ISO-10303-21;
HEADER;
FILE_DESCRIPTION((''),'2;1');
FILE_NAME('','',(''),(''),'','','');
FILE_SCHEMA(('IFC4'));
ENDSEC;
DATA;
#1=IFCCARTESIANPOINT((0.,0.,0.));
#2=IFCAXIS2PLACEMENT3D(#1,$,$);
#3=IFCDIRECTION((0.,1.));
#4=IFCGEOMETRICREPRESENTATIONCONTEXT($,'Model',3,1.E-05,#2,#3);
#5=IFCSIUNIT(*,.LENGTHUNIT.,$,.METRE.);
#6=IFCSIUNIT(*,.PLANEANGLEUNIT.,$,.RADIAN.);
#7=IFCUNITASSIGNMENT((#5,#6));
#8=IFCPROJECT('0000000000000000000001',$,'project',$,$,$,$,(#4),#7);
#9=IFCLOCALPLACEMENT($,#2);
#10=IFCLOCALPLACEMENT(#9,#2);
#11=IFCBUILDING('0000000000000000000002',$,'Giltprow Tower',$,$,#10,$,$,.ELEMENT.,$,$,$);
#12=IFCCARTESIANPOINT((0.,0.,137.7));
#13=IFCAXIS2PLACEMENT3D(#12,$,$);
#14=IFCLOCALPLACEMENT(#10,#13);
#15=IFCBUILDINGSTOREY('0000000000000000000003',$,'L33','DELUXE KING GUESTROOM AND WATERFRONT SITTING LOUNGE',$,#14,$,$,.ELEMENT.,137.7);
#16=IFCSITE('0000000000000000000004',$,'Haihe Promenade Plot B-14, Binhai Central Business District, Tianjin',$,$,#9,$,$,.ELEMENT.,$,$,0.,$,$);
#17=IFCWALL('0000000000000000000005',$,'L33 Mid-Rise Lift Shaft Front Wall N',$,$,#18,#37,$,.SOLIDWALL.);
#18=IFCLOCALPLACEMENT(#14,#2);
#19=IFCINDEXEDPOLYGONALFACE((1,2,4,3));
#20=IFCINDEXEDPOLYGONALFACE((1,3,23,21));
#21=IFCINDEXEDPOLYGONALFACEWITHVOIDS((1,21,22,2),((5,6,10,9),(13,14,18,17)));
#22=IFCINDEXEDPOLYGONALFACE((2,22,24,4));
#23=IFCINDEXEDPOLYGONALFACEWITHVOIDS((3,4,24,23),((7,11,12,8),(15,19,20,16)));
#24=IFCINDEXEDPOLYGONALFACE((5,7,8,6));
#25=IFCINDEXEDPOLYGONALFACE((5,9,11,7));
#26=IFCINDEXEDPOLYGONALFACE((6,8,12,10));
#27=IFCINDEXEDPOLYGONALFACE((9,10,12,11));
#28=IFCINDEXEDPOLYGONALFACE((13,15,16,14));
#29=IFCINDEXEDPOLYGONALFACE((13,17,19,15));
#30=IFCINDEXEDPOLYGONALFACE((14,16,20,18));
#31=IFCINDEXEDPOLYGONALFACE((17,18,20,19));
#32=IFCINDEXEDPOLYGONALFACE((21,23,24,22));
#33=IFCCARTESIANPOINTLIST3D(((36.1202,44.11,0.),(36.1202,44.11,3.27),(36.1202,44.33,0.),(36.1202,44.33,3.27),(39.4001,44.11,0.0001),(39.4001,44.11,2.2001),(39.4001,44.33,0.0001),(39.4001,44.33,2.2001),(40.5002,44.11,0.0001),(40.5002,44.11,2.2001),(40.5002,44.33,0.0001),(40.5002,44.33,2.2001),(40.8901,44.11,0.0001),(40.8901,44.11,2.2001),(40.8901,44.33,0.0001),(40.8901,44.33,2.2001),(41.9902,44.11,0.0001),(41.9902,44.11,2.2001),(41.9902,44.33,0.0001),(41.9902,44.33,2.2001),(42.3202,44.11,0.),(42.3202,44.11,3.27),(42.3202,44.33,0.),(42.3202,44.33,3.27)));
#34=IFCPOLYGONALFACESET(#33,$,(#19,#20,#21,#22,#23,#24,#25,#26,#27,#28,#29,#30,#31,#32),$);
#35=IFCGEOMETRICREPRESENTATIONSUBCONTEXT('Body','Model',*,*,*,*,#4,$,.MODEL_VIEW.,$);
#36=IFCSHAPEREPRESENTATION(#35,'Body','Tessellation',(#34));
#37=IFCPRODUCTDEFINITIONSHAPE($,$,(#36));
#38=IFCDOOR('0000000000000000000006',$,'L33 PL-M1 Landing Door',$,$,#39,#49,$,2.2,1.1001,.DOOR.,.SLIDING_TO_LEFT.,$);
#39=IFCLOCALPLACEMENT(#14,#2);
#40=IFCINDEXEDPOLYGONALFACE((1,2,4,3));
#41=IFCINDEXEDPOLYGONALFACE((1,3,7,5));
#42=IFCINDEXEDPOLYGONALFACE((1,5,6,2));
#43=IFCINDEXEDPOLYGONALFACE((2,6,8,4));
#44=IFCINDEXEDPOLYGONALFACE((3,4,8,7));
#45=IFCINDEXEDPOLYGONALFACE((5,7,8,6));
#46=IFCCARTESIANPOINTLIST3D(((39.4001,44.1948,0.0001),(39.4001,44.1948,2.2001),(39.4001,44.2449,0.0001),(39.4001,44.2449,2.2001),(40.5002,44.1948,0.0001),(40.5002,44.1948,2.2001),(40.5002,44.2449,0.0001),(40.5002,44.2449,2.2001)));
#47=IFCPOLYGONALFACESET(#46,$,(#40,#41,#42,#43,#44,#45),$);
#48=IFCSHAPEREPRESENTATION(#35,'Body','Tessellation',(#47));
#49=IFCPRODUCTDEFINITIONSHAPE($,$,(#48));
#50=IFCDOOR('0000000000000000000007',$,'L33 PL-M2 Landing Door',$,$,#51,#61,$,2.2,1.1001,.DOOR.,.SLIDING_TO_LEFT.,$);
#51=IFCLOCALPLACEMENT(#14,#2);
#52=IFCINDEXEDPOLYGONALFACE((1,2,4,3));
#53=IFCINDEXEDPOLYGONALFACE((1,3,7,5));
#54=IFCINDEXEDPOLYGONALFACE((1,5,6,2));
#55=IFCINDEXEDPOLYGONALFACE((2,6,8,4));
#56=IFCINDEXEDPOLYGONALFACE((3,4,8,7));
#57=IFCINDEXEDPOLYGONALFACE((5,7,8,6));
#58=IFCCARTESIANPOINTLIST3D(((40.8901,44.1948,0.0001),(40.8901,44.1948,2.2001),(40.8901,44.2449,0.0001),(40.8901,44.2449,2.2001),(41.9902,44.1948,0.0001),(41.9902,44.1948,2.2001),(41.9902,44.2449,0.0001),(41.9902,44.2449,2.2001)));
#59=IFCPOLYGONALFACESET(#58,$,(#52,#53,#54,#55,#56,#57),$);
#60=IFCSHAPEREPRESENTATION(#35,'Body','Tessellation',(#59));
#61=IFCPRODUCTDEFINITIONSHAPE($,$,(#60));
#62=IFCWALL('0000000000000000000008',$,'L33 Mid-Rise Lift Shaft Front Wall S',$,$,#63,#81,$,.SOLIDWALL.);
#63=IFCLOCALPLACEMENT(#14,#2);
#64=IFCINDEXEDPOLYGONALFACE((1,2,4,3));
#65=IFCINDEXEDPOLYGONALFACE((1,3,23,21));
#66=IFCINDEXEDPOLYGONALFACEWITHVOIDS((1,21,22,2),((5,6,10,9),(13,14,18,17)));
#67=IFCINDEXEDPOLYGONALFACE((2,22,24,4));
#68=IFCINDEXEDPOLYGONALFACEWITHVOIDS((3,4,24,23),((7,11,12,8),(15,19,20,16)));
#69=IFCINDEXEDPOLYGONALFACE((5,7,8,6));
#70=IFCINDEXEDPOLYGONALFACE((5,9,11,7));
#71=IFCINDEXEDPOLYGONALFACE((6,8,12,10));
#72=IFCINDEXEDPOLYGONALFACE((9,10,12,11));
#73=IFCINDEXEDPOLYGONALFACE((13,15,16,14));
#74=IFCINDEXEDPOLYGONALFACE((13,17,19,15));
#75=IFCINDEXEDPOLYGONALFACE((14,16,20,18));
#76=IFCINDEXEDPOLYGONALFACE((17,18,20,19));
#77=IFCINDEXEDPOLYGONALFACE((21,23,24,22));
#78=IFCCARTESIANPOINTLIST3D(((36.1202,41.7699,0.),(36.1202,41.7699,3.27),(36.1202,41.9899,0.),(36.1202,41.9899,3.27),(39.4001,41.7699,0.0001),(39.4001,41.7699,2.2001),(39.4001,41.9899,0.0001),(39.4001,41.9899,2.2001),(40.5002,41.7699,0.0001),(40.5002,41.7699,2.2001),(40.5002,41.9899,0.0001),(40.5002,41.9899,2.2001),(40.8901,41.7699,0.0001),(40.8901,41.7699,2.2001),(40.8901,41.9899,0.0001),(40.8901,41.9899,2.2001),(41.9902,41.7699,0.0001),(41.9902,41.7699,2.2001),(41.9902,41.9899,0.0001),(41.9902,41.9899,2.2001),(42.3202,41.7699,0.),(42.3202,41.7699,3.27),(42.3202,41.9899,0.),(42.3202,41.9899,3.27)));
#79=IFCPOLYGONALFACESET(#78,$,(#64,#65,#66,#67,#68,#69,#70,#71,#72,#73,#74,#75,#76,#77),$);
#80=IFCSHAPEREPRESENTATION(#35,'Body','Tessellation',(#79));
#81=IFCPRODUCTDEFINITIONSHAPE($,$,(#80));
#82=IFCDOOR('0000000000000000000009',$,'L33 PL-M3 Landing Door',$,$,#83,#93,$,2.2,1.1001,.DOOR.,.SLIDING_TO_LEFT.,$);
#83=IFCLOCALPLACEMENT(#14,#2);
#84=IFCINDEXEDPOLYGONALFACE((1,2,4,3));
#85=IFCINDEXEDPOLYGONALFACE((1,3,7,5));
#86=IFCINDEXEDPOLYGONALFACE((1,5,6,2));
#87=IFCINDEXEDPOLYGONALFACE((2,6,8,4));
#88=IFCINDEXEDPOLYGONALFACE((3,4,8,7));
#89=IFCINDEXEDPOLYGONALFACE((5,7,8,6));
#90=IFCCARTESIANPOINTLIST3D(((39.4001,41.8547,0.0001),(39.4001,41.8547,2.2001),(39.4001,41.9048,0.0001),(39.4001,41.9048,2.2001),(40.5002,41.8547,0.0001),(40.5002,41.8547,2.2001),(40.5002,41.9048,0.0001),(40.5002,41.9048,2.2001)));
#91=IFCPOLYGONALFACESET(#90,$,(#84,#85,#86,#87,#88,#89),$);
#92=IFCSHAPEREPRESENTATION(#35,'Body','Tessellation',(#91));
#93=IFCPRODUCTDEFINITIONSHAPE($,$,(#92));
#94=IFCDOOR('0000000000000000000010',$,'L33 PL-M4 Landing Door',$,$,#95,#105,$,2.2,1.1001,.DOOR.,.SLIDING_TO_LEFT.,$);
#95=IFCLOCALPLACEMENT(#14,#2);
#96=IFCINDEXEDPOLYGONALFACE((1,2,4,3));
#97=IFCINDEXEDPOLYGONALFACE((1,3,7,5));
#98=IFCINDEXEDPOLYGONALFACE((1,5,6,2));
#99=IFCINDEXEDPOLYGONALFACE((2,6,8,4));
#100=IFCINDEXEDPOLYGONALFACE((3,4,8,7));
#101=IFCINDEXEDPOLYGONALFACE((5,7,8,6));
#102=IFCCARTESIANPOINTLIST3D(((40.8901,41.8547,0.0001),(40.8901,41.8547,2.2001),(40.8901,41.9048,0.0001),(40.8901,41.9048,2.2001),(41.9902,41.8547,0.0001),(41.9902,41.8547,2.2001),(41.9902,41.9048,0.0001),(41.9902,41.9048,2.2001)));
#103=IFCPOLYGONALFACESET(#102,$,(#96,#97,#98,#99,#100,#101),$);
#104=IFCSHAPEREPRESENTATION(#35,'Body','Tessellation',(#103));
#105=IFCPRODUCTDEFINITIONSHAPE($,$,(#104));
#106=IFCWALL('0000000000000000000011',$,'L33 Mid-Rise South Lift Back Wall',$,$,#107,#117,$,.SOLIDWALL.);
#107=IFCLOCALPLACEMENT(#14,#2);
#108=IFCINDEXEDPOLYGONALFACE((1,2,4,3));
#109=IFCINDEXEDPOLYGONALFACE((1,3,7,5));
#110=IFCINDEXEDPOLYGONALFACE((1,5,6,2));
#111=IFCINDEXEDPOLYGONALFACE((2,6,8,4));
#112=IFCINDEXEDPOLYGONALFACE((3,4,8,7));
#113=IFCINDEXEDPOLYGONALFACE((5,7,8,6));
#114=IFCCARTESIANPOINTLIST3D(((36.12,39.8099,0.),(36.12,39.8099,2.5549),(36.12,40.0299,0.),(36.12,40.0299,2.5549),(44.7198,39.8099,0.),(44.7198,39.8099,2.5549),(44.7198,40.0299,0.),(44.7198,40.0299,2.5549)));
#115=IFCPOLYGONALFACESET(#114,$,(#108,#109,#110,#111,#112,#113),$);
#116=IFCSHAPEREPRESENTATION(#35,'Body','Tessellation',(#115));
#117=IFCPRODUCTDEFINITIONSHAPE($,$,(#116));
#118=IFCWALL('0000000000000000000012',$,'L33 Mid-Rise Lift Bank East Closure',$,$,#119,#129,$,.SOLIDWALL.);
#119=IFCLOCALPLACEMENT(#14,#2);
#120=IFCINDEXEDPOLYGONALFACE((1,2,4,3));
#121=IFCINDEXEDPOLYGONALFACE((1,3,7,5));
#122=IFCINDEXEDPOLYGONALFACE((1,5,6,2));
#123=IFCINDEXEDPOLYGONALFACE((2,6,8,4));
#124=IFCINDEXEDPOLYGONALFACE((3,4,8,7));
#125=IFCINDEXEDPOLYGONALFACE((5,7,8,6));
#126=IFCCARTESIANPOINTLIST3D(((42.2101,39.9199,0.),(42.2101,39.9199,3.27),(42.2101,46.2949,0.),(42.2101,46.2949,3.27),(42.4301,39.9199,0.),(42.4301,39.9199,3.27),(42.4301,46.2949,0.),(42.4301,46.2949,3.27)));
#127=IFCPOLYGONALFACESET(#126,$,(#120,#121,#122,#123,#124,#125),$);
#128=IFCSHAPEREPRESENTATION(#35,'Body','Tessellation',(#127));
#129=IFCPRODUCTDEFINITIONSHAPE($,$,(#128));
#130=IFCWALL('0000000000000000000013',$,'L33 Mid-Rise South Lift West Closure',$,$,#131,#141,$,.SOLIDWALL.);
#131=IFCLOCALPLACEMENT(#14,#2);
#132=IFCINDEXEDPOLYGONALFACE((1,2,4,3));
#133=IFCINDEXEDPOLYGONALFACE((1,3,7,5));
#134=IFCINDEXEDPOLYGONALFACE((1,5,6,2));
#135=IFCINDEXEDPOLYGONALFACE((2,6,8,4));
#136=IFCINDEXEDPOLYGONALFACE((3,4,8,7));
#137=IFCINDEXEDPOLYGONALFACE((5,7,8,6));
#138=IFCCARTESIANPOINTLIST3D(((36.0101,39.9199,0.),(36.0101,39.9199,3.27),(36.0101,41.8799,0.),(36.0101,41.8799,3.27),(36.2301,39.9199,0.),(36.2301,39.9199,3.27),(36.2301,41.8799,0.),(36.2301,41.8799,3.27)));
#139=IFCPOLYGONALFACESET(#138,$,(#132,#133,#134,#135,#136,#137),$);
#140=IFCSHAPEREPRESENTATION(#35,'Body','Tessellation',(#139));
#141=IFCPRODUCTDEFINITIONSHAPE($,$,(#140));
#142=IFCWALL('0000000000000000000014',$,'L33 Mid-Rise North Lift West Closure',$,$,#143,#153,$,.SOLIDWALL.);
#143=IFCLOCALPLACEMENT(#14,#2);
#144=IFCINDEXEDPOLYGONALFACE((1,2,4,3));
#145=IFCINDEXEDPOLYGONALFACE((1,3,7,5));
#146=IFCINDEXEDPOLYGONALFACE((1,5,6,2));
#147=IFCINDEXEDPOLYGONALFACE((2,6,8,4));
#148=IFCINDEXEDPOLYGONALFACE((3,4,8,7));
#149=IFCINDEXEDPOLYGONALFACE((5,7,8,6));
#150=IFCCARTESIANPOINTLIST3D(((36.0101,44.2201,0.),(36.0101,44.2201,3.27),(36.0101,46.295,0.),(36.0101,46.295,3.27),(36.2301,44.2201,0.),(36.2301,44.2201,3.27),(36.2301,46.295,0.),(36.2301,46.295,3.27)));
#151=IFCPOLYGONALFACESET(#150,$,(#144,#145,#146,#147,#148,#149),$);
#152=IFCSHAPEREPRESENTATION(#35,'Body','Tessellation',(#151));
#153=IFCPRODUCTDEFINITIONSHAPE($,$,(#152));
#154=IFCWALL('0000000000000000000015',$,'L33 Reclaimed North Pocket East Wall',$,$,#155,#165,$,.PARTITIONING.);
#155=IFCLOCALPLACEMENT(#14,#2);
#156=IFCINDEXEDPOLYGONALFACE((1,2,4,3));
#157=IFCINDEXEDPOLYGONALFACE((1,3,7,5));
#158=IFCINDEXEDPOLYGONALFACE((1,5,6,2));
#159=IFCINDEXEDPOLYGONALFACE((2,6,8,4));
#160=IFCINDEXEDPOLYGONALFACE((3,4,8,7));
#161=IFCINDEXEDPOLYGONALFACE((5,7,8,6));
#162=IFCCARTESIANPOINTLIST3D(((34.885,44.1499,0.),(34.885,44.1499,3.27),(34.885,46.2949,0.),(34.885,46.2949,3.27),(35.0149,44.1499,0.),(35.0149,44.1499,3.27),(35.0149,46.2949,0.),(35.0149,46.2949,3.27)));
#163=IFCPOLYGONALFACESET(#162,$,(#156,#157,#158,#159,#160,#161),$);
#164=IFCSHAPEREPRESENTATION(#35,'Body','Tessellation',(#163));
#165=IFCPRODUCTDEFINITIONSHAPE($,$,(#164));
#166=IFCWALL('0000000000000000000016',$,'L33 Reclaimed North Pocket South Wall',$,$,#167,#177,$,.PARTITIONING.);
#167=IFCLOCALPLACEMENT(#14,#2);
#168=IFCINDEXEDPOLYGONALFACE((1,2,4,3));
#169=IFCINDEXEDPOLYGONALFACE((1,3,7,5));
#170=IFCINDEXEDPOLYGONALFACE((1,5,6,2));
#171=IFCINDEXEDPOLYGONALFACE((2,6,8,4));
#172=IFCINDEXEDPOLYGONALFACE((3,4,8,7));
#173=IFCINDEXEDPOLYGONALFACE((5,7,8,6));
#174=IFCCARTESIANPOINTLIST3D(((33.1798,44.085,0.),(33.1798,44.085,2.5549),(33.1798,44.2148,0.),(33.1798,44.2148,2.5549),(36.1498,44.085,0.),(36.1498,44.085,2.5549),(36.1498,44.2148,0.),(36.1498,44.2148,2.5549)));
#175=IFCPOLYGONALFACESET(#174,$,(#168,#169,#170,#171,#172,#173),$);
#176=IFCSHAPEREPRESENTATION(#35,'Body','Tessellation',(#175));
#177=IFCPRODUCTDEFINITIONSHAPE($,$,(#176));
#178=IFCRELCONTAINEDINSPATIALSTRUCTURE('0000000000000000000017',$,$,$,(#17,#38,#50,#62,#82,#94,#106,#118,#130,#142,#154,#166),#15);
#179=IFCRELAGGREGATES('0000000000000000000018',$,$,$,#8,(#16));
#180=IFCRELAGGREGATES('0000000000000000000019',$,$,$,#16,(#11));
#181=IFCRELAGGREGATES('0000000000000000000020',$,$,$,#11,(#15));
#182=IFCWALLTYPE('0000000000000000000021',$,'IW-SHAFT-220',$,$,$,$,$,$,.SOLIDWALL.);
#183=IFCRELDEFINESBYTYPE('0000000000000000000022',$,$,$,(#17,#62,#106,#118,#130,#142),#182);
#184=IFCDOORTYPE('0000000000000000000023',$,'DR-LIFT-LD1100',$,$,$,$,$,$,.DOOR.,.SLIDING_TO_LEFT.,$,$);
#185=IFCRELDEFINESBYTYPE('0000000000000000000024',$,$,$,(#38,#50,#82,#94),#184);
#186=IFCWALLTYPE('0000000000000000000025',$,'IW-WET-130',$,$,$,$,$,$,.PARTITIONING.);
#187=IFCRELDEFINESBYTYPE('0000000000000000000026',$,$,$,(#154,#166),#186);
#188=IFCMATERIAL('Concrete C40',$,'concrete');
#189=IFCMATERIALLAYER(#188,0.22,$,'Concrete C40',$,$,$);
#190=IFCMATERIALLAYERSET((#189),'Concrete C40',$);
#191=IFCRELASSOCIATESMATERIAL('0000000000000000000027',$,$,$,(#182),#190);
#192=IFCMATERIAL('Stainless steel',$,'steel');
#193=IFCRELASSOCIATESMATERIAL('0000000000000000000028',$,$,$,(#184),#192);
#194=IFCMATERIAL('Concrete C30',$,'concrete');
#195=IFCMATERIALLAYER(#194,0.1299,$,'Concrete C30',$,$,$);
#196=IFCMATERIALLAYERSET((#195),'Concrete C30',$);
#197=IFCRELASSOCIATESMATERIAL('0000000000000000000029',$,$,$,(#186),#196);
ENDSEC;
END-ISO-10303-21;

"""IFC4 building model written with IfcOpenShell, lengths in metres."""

from ifc_helpers import new_model, si_unit, direction, frame, frame_2d, origin, place, context, subcontext, project, spatial, rectangle, extrude, source, transform, mapped, material, layer, layer_set, type_object, element, fill, save


model = new_model("IFC4")

# Units and contexts
model_context = context("Model", 3, precision=1e-05, world=origin(), true_north=direction((0.0, 1.0)))
body_context = subcontext(model_context, "Body", "Model", "MODEL_VIEW")
ifc_project = project(units=[si_unit("LENGTHUNIT", "METRE"), si_unit("PLANEANGLEUNIT", "RADIAN")], contexts=[model_context])

# Site, building, storey
site_placement = place(None, origin())
site = spatial("IfcSite", under=ifc_project, at=site_placement, Name="Haihe Promenade Plot B-14, Binhai Central Business District, Tianjin", CompositionType="ELEMENT", RefElevation=0.0)
building_placement = place(site_placement, origin())
building = spatial("IfcBuilding", under=site, at=building_placement, Name="Giltprow Tower", CompositionType="ELEMENT")
storey_placement = place(building_placement, frame((0.0, 0.0, 137.7)))
storey = spatial("IfcBuildingStorey", under=building, at=storey_placement, Name="L33", Description="DELUXE KING GUESTROOM AND WATERFRONT SITTING LOUNGE", CompositionType="ELEMENT", Elevation=137.7)

# Shared definitions
ifc_material_1 = material(Name="Concrete C40", Category="concrete")
ifc_layer_1 = layer(ifc_material_1, 0.22, Name="Concrete C40")
ifc_layer_set_1 = layer_set([ifc_layer_1], Name="Concrete C40")
wall_type_1 = type_object("IfcWallType", Name="IW-SHAFT-220", PredefinedType="SOLIDWALL", material=ifc_layer_set_1)
ifc_material_2 = material(Name="Stainless steel", Category="steel")
door_type_1 = type_object("IfcDoorType", Name="DR-LIFT-LD1100", OperationType="SLIDING_TO_LEFT", PredefinedType="DOOR", material=ifc_material_2)
shared_shape_1 = source(origin(), body_context, "Body", "SweptSolid", [
    extrude(rectangle(XDim=1.1001, YDim=2.2, at=frame_2d((0.55, 1.1001))), frame((0.0, 0.0249, 0.0), z_axis=(0.0, -1.0, 0.0), x_axis=(1.0, 0.0, 0.0)), (0.0, 0.0, 1.0), 0.05),
])

# Walls, openings, doors
wall_1_placement = place(storey_placement, frame((36.1201, 44.22, 0.0), z_axis=(0.0, 0.0, 1.0), x_axis=(1.0, 0.0, 0.0)))
wall_1 = element("IfcWall", 1, at=wall_1_placement, inside=storey, type_object=wall_type_1, Name="L33 Mid-Rise Lift Shaft Front Wall N", PredefinedType="SOLIDWALL", context=body_context, shape_type="SweptSolid", body=[
    extrude(rectangle(XDim=6.2, YDim=0.22, at=frame_2d((3.1001, 0.0))), origin(), (0.0, 0.0, 1.0), 3.27),
])
opening_1_placement = place(wall_1_placement, frame((3.28, 0.0, 0.0)))
opening_1 = element("IfcOpeningElement", 2, at=opening_1_placement, cuts=wall_1, PredefinedType="OPENING", context=body_context, shape_type="SweptSolid", body=[
    extrude(rectangle(XDim=1.1001, YDim=2.2, at=frame_2d((0.55, 1.1001))), frame((0.0, 0.1199, 0.0), z_axis=(0.0, -1.0, 0.0), x_axis=(1.0, 0.0, 0.0)), (0.0, 0.0, 1.0), 0.24),
])
opening_2_placement = place(wall_1_placement, frame((4.77, 0.0, 0.0)))
opening_2 = element("IfcOpeningElement", 3, at=opening_2_placement, cuts=wall_1, PredefinedType="OPENING", context=body_context, shape_type="SweptSolid", body=[
    extrude(rectangle(XDim=1.1001, YDim=2.2, at=frame_2d((0.55, 1.1001))), frame((0.0, 0.1199, 0.0), z_axis=(0.0, -1.0, 0.0), x_axis=(1.0, 0.0, 0.0)), (0.0, 0.0, 1.0), 0.24),
])
door_1_placement = place(opening_1_placement, origin())
door_1 = element("IfcDoor", 4, at=door_1_placement, inside=storey, type_object=door_type_1, Name="L33 PL-M1 Landing Door", OperationType="SLIDING_TO_LEFT", OverallHeight=2.2, OverallWidth=1.1001, PredefinedType="DOOR", context=body_context, shape_type="MappedRepresentation", body=[
    mapped(shared_shape_1, transform((0.0, 0.0, 0.0), x_axis=(1.0, 0.0, 0.0), y_axis=(0.0, 1.0, 0.0), z_axis=(0.0, 0.0, 1.0), scale=1.0)),
])
fill(opening_1, door_1)
door_2_placement = place(opening_2_placement, origin())
door_2 = element("IfcDoor", 5, at=door_2_placement, inside=storey, type_object=door_type_1, Name="L33 PL-M2 Landing Door", OperationType="SLIDING_TO_LEFT", OverallHeight=2.2, OverallWidth=1.1001, PredefinedType="DOOR", context=body_context, shape_type="MappedRepresentation", body=[
    mapped(shared_shape_1, transform((0.0, 0.0, 0.0), x_axis=(1.0, 0.0, 0.0), y_axis=(0.0, 1.0, 0.0), z_axis=(0.0, 0.0, 1.0), scale=1.0)),
])
fill(opening_2, door_2)
wall_2_placement = place(storey_placement, frame((36.1201, 41.8799, 0.0), z_axis=(0.0, 0.0, 1.0), x_axis=(1.0, 0.0, 0.0)))
wall_2 = element("IfcWall", 6, at=wall_2_placement, inside=storey, type_object=wall_type_1, Name="L33 Mid-Rise Lift Shaft Front Wall S", PredefinedType="SOLIDWALL", context=body_context, shape_type="SweptSolid", body=[
    extrude(rectangle(XDim=6.2, YDim=0.22, at=frame_2d((3.1001, 0.0))), origin(), (0.0, 0.0, 1.0), 3.27),
])
opening_3_placement = place(wall_2_placement, frame((3.28, 0.0, 0.0)))
opening_3 = element("IfcOpeningElement", 7, at=opening_3_placement, cuts=wall_2, PredefinedType="OPENING", context=body_context, shape_type="SweptSolid", body=[
    extrude(rectangle(XDim=1.1001, YDim=2.2, at=frame_2d((0.55, 1.1001))), frame((0.0, 0.1199, 0.0), z_axis=(0.0, -1.0, 0.0), x_axis=(1.0, 0.0, 0.0)), (0.0, 0.0, 1.0), 0.24),
])
opening_4_placement = place(wall_2_placement, frame((4.77, 0.0, 0.0)))
opening_4 = element("IfcOpeningElement", 8, at=opening_4_placement, cuts=wall_2, PredefinedType="OPENING", context=body_context, shape_type="SweptSolid", body=[
    extrude(rectangle(XDim=1.1001, YDim=2.2, at=frame_2d((0.55, 1.1001))), frame((0.0, 0.1199, 0.0), z_axis=(0.0, -1.0, 0.0), x_axis=(1.0, 0.0, 0.0)), (0.0, 0.0, 1.0), 0.24),
])
door_3_placement = place(opening_3_placement, origin())
door_3 = element("IfcDoor", 9, at=door_3_placement, inside=storey, type_object=door_type_1, Name="L33 PL-M3 Landing Door", OperationType="SLIDING_TO_LEFT", OverallHeight=2.2, OverallWidth=1.1001, PredefinedType="DOOR", context=body_context, shape_type="MappedRepresentation", body=[
    mapped(shared_shape_1, transform((0.0, 0.0, 0.0), x_axis=(1.0, 0.0, 0.0), y_axis=(0.0, 1.0, 0.0), z_axis=(0.0, 0.0, 1.0), scale=1.0)),
])
fill(opening_3, door_3)
door_4_placement = place(opening_4_placement, origin())
door_4 = element("IfcDoor", 10, at=door_4_placement, inside=storey, type_object=door_type_1, Name="L33 PL-M4 Landing Door", OperationType="SLIDING_TO_LEFT", OverallHeight=2.2, OverallWidth=1.1001, PredefinedType="DOOR", context=body_context, shape_type="MappedRepresentation", body=[
    mapped(shared_shape_1, transform((0.0, 0.0, 0.0), x_axis=(1.0, 0.0, 0.0), y_axis=(0.0, 1.0, 0.0), z_axis=(0.0, 0.0, 1.0), scale=1.0)),
])
fill(opening_4, door_4)

# Walls
wall_3_placement = place(storey_placement, frame((36.1201, 39.9199, 0.0), z_axis=(0.0, 0.0, 1.0), x_axis=(1.0, 0.0, 0.0)))
element("IfcWall", 11, at=wall_3_placement, inside=storey, type_object=wall_type_1, Name="L33 Mid-Rise South Lift Back Wall", PredefinedType="SOLIDWALL", context=body_context, shape_type="SweptSolid", body=[
    extrude(rectangle(XDim=8.5999, YDim=0.22, at=frame_2d((4.2998, 0.0))), origin(), (0.0, 0.0, 1.0), 2.5549),
])
wall_4_placement = place(storey_placement, frame((42.3201, 39.9199, 0.0), z_axis=(0.0, 0.0, 1.0), x_axis=(0.0, 1.0, 0.0)))
element("IfcWall", 12, at=wall_4_placement, inside=storey, type_object=wall_type_1, Name="L33 Mid-Rise Lift Bank East Closure", PredefinedType="SOLIDWALL", context=body_context, shape_type="SweptSolid", body=[
    extrude(rectangle(XDim=6.375, YDim=0.22, at=frame_2d((3.1875, 0.0))), origin(), (0.0, 0.0, 1.0), 3.27),
])
wall_5_placement = place(storey_placement, frame((36.1201, 39.9199, 0.0), z_axis=(0.0, 0.0, 1.0), x_axis=(0.0, 1.0, 0.0)))
element("IfcWall", 13, at=wall_5_placement, inside=storey, type_object=wall_type_1, Name="L33 Mid-Rise South Lift West Closure", PredefinedType="SOLIDWALL", context=body_context, shape_type="SweptSolid", body=[
    extrude(rectangle(XDim=1.96, YDim=0.22, at=frame_2d((0.98, 0.0))), origin(), (0.0, 0.0, 1.0), 3.27),
])
wall_6_placement = place(storey_placement, frame((36.1201, 44.22, 0.0), z_axis=(0.0, 0.0, 1.0), x_axis=(0.0, 1.0, 0.0)))
element("IfcWall", 14, at=wall_6_placement, inside=storey, type_object=wall_type_1, Name="L33 Mid-Rise North Lift West Closure", PredefinedType="SOLIDWALL", context=body_context, shape_type="SweptSolid", body=[
    extrude(rectangle(XDim=2.075, YDim=0.22, at=frame_2d((1.0376, 0.0))), origin(), (0.0, 0.0, 1.0), 3.27),
])
ifc_material_3 = material(Name="Concrete C30", Category="concrete")
ifc_layer_2 = layer(ifc_material_3, 0.1299, Name="Concrete C30")
ifc_layer_set_2 = layer_set([ifc_layer_2], Name="Concrete C30")
wall_type_2 = type_object("IfcWallType", Name="IW-WET-130", PredefinedType="PARTITIONING", material=ifc_layer_set_2)
wall_7_placement = place(storey_placement, frame((34.95, 44.1499, 0.0), z_axis=(0.0, 0.0, 1.0), x_axis=(0.0, 1.0, 0.0)))
element("IfcWall", 15, at=wall_7_placement, inside=storey, type_object=wall_type_2, Name="L33 Reclaimed North Pocket East Wall", PredefinedType="PARTITIONING", context=body_context, shape_type="SweptSolid", body=[
    extrude(rectangle(XDim=2.145, YDim=0.1299, at=frame_2d((1.0725, 0.0))), origin(), (0.0, 0.0, 1.0), 3.27),
])
wall_8_placement = place(storey_placement, frame((33.1799, 44.1499, 0.0), z_axis=(0.0, 0.0, 1.0), x_axis=(1.0, 0.0, 0.0)))
element("IfcWall", 16, at=wall_8_placement, inside=storey, type_object=wall_type_2, Name="L33 Reclaimed North Pocket South Wall", PredefinedType="PARTITIONING", context=body_context, shape_type="SweptSolid", body=[
    extrude(rectangle(XDim=2.97, YDim=0.1299, at=frame_2d((1.4849, 0.0))), origin(), (0.0, 0.0, 1.0), 2.5549),
])

save(model, "model.ifc")
